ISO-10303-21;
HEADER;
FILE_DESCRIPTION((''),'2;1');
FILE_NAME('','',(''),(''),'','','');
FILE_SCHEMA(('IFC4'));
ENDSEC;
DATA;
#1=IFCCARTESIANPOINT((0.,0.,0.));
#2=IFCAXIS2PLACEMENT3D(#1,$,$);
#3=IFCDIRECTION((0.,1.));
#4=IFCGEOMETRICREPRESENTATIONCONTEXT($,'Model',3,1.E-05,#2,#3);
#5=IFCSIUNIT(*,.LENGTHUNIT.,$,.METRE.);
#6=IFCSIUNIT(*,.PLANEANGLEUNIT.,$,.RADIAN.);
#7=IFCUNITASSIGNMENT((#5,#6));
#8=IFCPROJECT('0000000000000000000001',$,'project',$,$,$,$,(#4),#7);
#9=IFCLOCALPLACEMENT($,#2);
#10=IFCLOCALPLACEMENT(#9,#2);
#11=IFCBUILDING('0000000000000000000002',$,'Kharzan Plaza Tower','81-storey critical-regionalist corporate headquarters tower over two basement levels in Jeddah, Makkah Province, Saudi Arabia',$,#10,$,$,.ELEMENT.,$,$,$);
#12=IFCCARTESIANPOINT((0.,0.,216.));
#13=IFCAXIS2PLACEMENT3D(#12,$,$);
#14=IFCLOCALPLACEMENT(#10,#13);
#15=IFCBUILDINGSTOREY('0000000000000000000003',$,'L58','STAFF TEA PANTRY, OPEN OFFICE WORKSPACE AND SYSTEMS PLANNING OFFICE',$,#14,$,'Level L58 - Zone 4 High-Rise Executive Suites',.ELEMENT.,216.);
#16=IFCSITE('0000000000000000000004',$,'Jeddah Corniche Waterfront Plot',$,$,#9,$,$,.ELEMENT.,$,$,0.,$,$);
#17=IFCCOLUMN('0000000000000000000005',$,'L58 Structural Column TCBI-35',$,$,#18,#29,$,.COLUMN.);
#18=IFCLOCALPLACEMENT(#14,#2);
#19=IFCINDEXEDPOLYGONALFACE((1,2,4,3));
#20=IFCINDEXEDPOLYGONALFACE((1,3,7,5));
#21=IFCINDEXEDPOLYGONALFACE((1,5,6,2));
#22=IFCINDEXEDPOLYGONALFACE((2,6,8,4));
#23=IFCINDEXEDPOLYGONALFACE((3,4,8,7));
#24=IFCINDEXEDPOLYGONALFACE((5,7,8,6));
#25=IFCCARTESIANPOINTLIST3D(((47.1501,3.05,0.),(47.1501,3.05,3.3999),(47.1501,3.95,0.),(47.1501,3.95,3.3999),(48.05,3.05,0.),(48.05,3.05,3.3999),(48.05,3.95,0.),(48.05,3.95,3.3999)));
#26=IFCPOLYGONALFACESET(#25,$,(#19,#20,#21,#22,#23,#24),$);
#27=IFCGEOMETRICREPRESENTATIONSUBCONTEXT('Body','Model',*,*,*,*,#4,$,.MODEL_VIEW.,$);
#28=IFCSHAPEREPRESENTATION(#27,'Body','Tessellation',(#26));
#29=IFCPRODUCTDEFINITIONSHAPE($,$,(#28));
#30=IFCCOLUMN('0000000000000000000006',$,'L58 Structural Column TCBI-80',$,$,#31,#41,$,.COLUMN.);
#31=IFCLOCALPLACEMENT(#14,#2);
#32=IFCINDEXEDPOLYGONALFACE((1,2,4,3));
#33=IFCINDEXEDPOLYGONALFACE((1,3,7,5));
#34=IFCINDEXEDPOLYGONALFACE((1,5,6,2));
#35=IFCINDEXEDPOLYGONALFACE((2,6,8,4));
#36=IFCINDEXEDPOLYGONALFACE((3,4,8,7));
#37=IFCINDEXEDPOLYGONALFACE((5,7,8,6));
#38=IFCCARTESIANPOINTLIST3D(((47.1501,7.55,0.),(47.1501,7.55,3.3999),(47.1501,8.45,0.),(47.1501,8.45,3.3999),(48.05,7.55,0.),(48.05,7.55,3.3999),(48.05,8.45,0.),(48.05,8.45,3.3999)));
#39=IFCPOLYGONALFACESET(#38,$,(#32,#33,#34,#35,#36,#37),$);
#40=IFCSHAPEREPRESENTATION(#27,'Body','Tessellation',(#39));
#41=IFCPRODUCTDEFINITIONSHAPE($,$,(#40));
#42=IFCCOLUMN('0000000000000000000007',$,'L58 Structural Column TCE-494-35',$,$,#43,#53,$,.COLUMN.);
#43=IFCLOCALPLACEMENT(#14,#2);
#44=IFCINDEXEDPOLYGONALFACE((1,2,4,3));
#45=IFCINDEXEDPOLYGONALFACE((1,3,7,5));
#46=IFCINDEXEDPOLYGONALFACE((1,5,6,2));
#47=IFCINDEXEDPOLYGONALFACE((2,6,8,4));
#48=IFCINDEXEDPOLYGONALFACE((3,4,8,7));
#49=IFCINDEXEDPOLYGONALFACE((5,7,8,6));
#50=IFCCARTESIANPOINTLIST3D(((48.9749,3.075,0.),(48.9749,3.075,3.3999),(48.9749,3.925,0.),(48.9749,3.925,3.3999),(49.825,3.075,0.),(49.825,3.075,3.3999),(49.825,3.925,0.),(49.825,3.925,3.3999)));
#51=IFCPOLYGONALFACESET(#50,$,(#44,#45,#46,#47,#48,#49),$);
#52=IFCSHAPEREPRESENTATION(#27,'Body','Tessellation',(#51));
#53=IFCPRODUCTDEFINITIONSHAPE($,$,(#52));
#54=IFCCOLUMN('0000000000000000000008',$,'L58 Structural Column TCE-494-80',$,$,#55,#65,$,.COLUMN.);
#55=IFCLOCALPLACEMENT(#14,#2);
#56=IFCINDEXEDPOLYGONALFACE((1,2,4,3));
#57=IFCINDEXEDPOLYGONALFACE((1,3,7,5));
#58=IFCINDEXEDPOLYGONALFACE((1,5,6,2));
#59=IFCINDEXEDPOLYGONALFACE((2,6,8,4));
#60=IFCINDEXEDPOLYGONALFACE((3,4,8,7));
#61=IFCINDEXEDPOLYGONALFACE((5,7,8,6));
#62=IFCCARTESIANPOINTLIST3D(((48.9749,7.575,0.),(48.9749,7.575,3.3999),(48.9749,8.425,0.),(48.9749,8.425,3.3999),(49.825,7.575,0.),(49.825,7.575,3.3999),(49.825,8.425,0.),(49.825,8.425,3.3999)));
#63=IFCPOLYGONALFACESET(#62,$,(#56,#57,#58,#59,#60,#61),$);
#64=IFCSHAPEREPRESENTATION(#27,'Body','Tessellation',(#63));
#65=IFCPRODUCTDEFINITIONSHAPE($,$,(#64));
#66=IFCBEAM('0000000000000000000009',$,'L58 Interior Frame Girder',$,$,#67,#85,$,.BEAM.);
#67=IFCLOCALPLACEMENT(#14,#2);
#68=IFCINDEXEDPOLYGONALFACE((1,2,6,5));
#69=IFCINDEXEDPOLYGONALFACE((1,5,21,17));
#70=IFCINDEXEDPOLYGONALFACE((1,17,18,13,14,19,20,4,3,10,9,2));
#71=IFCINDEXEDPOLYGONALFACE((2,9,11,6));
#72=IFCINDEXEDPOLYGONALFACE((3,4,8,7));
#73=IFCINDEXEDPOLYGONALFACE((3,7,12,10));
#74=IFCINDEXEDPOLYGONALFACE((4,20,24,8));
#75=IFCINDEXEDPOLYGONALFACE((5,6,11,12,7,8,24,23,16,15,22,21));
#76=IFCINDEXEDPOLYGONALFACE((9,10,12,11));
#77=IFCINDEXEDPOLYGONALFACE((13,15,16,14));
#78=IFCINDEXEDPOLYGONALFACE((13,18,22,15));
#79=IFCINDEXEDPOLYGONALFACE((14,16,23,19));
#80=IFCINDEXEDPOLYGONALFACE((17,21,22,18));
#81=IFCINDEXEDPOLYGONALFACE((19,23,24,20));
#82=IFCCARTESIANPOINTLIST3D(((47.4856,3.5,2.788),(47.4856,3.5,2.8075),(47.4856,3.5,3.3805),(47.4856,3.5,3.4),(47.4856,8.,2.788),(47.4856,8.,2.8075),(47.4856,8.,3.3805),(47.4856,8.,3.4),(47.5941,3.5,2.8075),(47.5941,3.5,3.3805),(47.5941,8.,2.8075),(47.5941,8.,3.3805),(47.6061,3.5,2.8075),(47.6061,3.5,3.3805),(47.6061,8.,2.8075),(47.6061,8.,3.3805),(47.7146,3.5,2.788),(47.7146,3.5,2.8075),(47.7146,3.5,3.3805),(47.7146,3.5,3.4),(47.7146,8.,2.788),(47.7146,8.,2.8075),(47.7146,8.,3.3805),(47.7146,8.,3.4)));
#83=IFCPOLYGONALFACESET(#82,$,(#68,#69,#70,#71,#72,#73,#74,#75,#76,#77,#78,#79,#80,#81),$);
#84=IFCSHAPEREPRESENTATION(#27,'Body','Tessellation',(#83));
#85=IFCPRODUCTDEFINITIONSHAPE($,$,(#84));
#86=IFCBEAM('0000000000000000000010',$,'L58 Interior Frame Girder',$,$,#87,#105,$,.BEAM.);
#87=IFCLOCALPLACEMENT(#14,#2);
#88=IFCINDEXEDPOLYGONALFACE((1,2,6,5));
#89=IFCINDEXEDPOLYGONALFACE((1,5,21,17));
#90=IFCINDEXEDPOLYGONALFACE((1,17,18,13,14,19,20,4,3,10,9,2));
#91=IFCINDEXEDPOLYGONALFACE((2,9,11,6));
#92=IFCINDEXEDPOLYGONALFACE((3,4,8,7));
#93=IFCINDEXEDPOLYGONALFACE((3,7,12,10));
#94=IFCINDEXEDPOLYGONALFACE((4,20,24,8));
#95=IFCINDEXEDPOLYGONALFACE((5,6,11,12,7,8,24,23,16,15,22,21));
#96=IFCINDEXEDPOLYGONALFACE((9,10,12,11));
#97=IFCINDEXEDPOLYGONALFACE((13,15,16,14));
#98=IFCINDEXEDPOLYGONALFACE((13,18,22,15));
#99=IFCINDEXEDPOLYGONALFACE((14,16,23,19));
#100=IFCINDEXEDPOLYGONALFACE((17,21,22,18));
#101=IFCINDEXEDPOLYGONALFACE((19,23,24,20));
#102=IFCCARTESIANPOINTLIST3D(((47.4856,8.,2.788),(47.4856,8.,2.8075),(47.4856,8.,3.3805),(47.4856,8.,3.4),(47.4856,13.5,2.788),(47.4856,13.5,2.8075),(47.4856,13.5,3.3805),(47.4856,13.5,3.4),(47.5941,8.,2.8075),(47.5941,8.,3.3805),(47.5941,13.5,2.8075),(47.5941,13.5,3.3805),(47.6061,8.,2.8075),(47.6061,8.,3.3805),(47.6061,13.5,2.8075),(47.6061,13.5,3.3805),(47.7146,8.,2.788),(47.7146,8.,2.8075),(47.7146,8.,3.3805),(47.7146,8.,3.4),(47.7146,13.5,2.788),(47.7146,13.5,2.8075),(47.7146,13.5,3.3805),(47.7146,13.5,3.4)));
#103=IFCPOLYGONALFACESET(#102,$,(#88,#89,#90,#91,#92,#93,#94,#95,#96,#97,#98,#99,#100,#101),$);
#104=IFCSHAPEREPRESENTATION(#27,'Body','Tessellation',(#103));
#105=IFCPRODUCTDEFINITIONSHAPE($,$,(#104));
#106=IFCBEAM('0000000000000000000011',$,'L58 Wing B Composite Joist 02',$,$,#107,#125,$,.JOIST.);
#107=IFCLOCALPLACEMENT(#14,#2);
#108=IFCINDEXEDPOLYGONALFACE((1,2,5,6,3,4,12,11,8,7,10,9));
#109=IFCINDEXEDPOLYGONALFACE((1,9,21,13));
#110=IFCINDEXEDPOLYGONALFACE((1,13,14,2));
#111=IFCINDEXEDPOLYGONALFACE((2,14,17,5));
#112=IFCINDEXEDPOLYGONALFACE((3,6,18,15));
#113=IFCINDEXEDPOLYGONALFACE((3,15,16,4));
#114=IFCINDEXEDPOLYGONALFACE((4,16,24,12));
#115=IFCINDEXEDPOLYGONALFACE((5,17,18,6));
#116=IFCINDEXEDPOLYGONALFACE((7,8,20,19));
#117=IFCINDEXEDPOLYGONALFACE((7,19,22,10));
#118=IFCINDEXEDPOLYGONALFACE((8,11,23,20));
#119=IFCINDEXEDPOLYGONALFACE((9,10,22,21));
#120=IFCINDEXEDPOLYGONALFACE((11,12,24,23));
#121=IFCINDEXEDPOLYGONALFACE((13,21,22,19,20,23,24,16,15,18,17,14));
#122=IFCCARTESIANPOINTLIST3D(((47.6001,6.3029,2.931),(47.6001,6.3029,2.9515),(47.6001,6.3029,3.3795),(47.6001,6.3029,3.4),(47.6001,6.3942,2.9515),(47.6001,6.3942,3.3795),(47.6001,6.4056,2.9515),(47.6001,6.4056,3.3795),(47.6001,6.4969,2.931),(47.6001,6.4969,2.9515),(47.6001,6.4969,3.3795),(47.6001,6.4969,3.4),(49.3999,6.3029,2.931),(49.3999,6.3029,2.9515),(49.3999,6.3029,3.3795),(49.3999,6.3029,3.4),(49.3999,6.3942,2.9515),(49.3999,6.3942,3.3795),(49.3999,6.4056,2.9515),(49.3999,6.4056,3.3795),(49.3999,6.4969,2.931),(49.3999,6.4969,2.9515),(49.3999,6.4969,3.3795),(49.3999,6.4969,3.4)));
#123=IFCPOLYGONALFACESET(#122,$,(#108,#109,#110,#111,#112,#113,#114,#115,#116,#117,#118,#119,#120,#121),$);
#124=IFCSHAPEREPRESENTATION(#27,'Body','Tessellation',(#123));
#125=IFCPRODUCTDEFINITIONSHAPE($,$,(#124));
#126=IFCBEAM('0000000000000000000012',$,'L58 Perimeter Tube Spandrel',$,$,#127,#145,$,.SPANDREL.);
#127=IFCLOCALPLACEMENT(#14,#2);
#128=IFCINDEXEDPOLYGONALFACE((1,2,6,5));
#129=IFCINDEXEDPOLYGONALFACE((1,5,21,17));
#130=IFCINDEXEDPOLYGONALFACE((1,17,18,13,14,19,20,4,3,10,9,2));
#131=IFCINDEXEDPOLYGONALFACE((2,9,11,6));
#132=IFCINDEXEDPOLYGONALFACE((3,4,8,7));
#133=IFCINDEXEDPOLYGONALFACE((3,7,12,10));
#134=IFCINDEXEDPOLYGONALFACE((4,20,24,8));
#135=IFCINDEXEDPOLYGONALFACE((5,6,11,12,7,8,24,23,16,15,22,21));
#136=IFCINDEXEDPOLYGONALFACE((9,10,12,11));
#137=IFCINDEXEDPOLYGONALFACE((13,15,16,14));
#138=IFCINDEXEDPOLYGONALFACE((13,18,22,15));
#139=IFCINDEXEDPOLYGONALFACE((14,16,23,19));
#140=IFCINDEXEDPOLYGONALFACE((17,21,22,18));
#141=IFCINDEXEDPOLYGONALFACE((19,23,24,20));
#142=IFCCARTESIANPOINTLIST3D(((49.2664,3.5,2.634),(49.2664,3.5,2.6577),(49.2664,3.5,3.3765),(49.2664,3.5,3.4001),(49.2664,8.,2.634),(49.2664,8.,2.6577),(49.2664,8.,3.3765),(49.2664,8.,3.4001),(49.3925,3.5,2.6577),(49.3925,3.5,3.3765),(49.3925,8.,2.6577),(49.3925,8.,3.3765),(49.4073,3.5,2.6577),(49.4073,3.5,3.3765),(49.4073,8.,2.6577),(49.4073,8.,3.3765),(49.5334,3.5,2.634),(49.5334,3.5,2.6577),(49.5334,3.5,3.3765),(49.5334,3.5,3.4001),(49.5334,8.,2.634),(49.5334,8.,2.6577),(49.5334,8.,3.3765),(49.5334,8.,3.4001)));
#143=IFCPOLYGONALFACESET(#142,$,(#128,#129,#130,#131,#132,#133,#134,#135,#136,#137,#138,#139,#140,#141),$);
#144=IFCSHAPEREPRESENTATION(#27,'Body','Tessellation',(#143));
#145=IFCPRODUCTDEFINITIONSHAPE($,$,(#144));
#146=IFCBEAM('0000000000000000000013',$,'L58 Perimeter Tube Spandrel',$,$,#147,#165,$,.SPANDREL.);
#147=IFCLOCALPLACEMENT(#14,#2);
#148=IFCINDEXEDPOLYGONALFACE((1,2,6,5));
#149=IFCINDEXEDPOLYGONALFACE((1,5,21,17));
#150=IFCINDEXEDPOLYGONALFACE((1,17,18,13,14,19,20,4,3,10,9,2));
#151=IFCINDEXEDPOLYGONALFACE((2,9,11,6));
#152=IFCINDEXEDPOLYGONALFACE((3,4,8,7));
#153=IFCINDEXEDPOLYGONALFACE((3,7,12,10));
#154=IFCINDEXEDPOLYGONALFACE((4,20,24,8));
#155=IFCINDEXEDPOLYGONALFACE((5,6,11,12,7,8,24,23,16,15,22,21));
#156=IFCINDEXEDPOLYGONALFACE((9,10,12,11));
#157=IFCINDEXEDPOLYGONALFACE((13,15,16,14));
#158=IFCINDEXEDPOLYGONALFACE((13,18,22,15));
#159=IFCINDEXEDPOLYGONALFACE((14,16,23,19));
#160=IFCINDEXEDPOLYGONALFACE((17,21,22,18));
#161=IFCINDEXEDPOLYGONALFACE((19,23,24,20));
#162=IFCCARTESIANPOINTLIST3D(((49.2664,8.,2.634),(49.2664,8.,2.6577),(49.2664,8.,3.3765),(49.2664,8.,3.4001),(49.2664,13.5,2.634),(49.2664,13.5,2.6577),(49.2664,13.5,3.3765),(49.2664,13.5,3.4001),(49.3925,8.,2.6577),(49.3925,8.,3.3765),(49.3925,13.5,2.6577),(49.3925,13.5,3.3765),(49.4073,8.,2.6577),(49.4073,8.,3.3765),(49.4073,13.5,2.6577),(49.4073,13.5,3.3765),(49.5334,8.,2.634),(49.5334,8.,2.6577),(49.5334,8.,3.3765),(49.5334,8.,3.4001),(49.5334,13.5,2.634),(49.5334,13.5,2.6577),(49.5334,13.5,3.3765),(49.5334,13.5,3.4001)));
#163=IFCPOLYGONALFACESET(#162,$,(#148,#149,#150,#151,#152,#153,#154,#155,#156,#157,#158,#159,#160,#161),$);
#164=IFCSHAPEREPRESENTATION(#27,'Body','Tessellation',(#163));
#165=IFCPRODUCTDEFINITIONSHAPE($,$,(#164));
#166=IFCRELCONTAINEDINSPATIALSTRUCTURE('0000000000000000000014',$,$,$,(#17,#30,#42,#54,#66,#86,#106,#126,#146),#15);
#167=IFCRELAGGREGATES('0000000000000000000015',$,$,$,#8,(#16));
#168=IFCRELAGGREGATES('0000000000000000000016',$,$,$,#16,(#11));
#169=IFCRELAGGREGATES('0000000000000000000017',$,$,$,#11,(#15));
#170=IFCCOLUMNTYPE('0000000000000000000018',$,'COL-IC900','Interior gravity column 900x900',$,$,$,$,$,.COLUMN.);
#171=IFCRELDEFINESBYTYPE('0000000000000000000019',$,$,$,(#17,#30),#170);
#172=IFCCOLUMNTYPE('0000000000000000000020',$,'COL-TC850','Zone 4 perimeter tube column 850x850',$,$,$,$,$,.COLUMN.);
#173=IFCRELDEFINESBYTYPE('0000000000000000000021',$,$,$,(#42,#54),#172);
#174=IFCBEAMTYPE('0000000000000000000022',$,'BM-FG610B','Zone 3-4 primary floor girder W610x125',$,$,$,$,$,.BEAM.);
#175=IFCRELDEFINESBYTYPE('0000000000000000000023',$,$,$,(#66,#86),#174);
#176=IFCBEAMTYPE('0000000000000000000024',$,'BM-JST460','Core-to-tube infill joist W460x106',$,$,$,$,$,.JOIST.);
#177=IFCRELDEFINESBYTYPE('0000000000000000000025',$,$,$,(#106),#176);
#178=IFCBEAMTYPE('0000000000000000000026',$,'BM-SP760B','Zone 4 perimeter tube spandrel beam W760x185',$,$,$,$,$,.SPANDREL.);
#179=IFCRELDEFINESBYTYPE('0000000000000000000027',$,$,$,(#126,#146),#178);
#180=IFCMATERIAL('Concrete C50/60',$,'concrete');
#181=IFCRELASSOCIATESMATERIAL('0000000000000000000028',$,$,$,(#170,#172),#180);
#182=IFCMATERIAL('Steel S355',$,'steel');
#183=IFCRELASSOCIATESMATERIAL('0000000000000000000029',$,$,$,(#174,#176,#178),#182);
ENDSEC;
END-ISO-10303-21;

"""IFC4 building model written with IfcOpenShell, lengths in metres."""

from ifc_helpers import new_model, si_unit, direction, frame, origin, origin_2d, place, context, subcontext, project, spatial, rectangle, i_section, extrude, source, transform, mapped, material, material_profile, profile_set, type_object, element, save


model = new_model("IFC4")

# Units and contexts
model_context = context("Model", 3, precision=1e-05, world=origin(), true_north=direction((0.0, 1.0)))
body_context = subcontext(model_context, "Body", "Model", "MODEL_VIEW")
ifc_project = project(units=[si_unit("LENGTHUNIT", "METRE"), si_unit("PLANEANGLEUNIT", "RADIAN")], contexts=[model_context])

# Site, building, storey
site_placement = place(None, origin())
site = spatial("IfcSite", under=ifc_project, at=site_placement, Name="Jeddah Corniche Waterfront Plot", CompositionType="ELEMENT", RefElevation=0.0)
building_placement = place(site_placement, origin())
building = spatial("IfcBuilding", under=site, at=building_placement, Name="Kharzan Plaza Tower", Description="81-storey critical-regionalist corporate headquarters tower over two basement levels in Jeddah, Makkah Province, Saudi Arabia", CompositionType="ELEMENT")
storey_placement = place(building_placement, frame((0.0, 0.0, 216.0)))
storey = spatial("IfcBuildingStorey", under=building, at=storey_placement, Name="L58", Description="STAFF TEA PANTRY, OPEN OFFICE WORKSPACE AND SYSTEMS PLANNING OFFICE", LongName="Level L58 - Zone 4 High-Rise Executive Suites", CompositionType="ELEMENT", Elevation=216.0)

# Columns
ifc_material_1 = material(Name="Concrete C50/60", Category="concrete")
ifc_material_profile_1 = material_profile(ifc_material_1, rectangle(XDim=0.8999, YDim=0.8999, at=origin_2d()), Name="RC-IC900x900")
ifc_profile_set_1 = profile_set([ifc_material_profile_1], Name="Concrete C50/60")
column_type_1 = type_object("IfcColumnType", Name="COL-IC900", Description="Interior gravity column 900x900", PredefinedType="COLUMN", material=ifc_profile_set_1)
shared_shape_1 = source(origin(), body_context, "Body", "SweptSolid", [
    extrude(rectangle(XDim=0.8999, YDim=0.8999, at=origin_2d()), origin(), (0.0, 0.0, 1.0), 3.3999),
])
for number, where, z_axis, x_axis, name in (
    (1, (47.6001, 3.5, 0.0), (0.0, 0.0, 1.0), (1.0, 0.0, 0.0), "L58 Structural Column TCBI-35"),
    (2, (47.6001, 8.0, 0.0), (0.0, 0.0, 1.0), (1.0, 0.0, 0.0), "L58 Structural Column TCBI-80"),
):
    element("IfcColumn", number, at=place(storey_placement, frame(where, z_axis=z_axis, x_axis=x_axis)), inside=storey, type_object=column_type_1, Name=name, PredefinedType="COLUMN", context=body_context, shape_type="MappedRepresentation", body=[
        mapped(shared_shape_1, transform((0.0, 0.0, 0.0), x_axis=(1.0, 0.0, 0.0), y_axis=(0.0, 1.0, 0.0), z_axis=(0.0, 0.0, 1.0))),
    ])
ifc_material_profile_2 = material_profile(ifc_material_1, rectangle(XDim=0.8501, YDim=0.8501, at=origin_2d()), Name="RC-TC850x850")
ifc_profile_set_2 = profile_set([ifc_material_profile_2], Name="Concrete C50/60")
column_type_2 = type_object("IfcColumnType", Name="COL-TC850", Description="Zone 4 perimeter tube column 850x850", PredefinedType="COLUMN", material=ifc_profile_set_2)
shared_shape_2 = source(origin(), body_context, "Body", "SweptSolid", [
    extrude(rectangle(XDim=0.8501, YDim=0.8501, at=origin_2d()), origin(), (0.0, 0.0, 1.0), 3.3999),
])
for number, where, z_axis, x_axis, name in (
    (3, (49.3999, 3.5, 0.0), (0.0, 0.0, 1.0), (1.0, 0.0, 0.0), "L58 Structural Column TCE-494-35"),
    (4, (49.3999, 8.0, 0.0), (0.0, 0.0, 1.0), (1.0, 0.0, 0.0), "L58 Structural Column TCE-494-80"),
):
    element("IfcColumn", number, at=place(storey_placement, frame(where, z_axis=z_axis, x_axis=x_axis)), inside=storey, type_object=column_type_2, Name=name, PredefinedType="COLUMN", context=body_context, shape_type="MappedRepresentation", body=[
        mapped(shared_shape_2, transform((0.0, 0.0, 0.0), x_axis=(1.0, 0.0, 0.0), y_axis=(0.0, 1.0, 0.0), z_axis=(0.0, 0.0, 1.0))),
    ])

# Beams
ifc_material_2 = material(Name="Steel S355", Category="steel")
ifc_material_profile_3 = material_profile(ifc_material_2, i_section(OverallWidth=0.229, OverallDepth=0.6121, WebThickness=0.012, FlangeThickness=0.0195, at=origin_2d()), Name="W610x125")
ifc_profile_set_3 = profile_set([ifc_material_profile_3], Name="Steel S355")
beam_type_1 = type_object("IfcBeamType", Name="BM-FG610B", Description="Zone 3-4 primary floor girder W610x125", PredefinedType="BEAM", material=ifc_profile_set_3)
shared_shape_3 = source(origin(), body_context, "Body", "SweptSolid", [
    extrude(i_section(OverallWidth=0.229, OverallDepth=0.6121, WebThickness=0.012, FlangeThickness=0.0195, at=origin_2d()), origin(), (0.0, 0.0, 1.0), 4.5),
])
beam_1_placement = place(storey_placement, frame((47.6001, 3.5, 3.094), z_axis=(0.0, 1.0, 0.0), x_axis=(-1.0, 0.0, 0.0)))
element("IfcBeam", 5, at=beam_1_placement, inside=storey, type_object=beam_type_1, Name="L58 Interior Frame Girder", PredefinedType="BEAM", context=body_context, shape_type="MappedRepresentation", body=[
    mapped(shared_shape_3, transform((0.0, 0.0, 0.0), x_axis=(1.0, 0.0, 0.0), y_axis=(0.0, 1.0, 0.0), z_axis=(0.0, 0.0, 1.0))),
])
shared_shape_4 = source(origin(), body_context, "Body", "SweptSolid", [
    extrude(i_section(OverallWidth=0.229, OverallDepth=0.6121, WebThickness=0.012, FlangeThickness=0.0195, at=origin_2d()), origin(), (0.0, 0.0, 1.0), 5.5),
])
beam_2_placement = place(storey_placement, frame((47.6001, 8.0, 3.094), z_axis=(0.0, 1.0, 0.0), x_axis=(-1.0, 0.0, 0.0)))
element("IfcBeam", 6, at=beam_2_placement, inside=storey, type_object=beam_type_1, Name="L58 Interior Frame Girder", PredefinedType="BEAM", context=body_context, shape_type="MappedRepresentation", body=[
    mapped(shared_shape_4, transform((0.0, 0.0, 0.0), x_axis=(1.0, 0.0, 0.0), y_axis=(0.0, 1.0, 0.0), z_axis=(0.0, 0.0, 1.0))),
])
ifc_material_profile_4 = material_profile(ifc_material_2, i_section(OverallWidth=0.1941, OverallDepth=0.469, WebThickness=0.0115, FlangeThickness=0.0205, at=origin_2d()), Name="W460x106")
ifc_profile_set_4 = profile_set([ifc_material_profile_4], Name="Steel S355")
beam_type_2 = type_object("IfcBeamType", Name="BM-JST460", Description="Core-to-tube infill joist W460x106", PredefinedType="JOIST", material=ifc_profile_set_4)
shared_shape_5 = source(origin(), body_context, "Body", "SweptSolid", [
    extrude(i_section(OverallWidth=0.1941, OverallDepth=0.469, WebThickness=0.0115, FlangeThickness=0.0205, at=origin_2d()), origin(), (0.0, 0.0, 1.0), 1.7998),
])
beam_3_placement = place(storey_placement, frame((47.6001, 6.3999, 3.1655), z_axis=(1.0, 0.0, 0.0), x_axis=(0.0, 1.0, 0.0)))
element("IfcBeam", 7, at=beam_3_placement, inside=storey, type_object=beam_type_2, Name="L58 Wing B Composite Joist 02", PredefinedType="JOIST", context=body_context, shape_type="MappedRepresentation", body=[
    mapped(shared_shape_5, transform((0.0, 0.0, 0.0), x_axis=(1.0, 0.0, 0.0), y_axis=(0.0, 1.0, 0.0), z_axis=(0.0, 0.0, 1.0))),
])
ifc_material_profile_5 = material_profile(ifc_material_2, i_section(OverallWidth=0.2671, OverallDepth=0.7661, WebThickness=0.0149, FlangeThickness=0.0237, at=origin_2d()), Name="W760x185")
ifc_profile_set_5 = profile_set([ifc_material_profile_5], Name="Steel S355")
beam_type_3 = type_object("IfcBeamType", Name="BM-SP760B", Description="Zone 4 perimeter tube spandrel beam W760x185", PredefinedType="SPANDREL", material=ifc_profile_set_5)
shared_shape_6 = source(origin(), body_context, "Body", "SweptSolid", [
    extrude(i_section(OverallWidth=0.2671, OverallDepth=0.7661, WebThickness=0.0149, FlangeThickness=0.0237, at=origin_2d()), origin(), (0.0, 0.0, 1.0), 4.5),
])
beam_4_placement = place(storey_placement, frame((49.3999, 3.5, 3.0171), z_axis=(0.0, 1.0, 0.0), x_axis=(-1.0, 0.0, 0.0)))
element("IfcBeam", 8, at=beam_4_placement, inside=storey, type_object=beam_type_3, Name="L58 Perimeter Tube Spandrel", PredefinedType="SPANDREL", context=body_context, shape_type="MappedRepresentation", body=[
    mapped(shared_shape_6, transform((0.0, 0.0, 0.0), x_axis=(1.0, 0.0, 0.0), y_axis=(0.0, 1.0, 0.0), z_axis=(0.0, 0.0, 1.0))),
])
shared_shape_7 = source(origin(), body_context, "Body", "SweptSolid", [
    extrude(i_section(OverallWidth=0.2671, OverallDepth=0.7661, WebThickness=0.0149, FlangeThickness=0.0237, at=origin_2d()), origin(), (0.0, 0.0, 1.0), 5.5),
])
beam_5_placement = place(storey_placement, frame((49.3999, 8.0, 3.0171), z_axis=(0.0, 1.0, 0.0), x_axis=(-1.0, 0.0, 0.0)))
element("IfcBeam", 9, at=beam_5_placement, inside=storey, type_object=beam_type_3, Name="L58 Perimeter Tube Spandrel", PredefinedType="SPANDREL", context=body_context, shape_type="MappedRepresentation", body=[
    mapped(shared_shape_7, transform((0.0, 0.0, 0.0), x_axis=(1.0, 0.0, 0.0), y_axis=(0.0, 1.0, 0.0), z_axis=(0.0, 0.0, 1.0))),
])

save(model, "model.ifc")
